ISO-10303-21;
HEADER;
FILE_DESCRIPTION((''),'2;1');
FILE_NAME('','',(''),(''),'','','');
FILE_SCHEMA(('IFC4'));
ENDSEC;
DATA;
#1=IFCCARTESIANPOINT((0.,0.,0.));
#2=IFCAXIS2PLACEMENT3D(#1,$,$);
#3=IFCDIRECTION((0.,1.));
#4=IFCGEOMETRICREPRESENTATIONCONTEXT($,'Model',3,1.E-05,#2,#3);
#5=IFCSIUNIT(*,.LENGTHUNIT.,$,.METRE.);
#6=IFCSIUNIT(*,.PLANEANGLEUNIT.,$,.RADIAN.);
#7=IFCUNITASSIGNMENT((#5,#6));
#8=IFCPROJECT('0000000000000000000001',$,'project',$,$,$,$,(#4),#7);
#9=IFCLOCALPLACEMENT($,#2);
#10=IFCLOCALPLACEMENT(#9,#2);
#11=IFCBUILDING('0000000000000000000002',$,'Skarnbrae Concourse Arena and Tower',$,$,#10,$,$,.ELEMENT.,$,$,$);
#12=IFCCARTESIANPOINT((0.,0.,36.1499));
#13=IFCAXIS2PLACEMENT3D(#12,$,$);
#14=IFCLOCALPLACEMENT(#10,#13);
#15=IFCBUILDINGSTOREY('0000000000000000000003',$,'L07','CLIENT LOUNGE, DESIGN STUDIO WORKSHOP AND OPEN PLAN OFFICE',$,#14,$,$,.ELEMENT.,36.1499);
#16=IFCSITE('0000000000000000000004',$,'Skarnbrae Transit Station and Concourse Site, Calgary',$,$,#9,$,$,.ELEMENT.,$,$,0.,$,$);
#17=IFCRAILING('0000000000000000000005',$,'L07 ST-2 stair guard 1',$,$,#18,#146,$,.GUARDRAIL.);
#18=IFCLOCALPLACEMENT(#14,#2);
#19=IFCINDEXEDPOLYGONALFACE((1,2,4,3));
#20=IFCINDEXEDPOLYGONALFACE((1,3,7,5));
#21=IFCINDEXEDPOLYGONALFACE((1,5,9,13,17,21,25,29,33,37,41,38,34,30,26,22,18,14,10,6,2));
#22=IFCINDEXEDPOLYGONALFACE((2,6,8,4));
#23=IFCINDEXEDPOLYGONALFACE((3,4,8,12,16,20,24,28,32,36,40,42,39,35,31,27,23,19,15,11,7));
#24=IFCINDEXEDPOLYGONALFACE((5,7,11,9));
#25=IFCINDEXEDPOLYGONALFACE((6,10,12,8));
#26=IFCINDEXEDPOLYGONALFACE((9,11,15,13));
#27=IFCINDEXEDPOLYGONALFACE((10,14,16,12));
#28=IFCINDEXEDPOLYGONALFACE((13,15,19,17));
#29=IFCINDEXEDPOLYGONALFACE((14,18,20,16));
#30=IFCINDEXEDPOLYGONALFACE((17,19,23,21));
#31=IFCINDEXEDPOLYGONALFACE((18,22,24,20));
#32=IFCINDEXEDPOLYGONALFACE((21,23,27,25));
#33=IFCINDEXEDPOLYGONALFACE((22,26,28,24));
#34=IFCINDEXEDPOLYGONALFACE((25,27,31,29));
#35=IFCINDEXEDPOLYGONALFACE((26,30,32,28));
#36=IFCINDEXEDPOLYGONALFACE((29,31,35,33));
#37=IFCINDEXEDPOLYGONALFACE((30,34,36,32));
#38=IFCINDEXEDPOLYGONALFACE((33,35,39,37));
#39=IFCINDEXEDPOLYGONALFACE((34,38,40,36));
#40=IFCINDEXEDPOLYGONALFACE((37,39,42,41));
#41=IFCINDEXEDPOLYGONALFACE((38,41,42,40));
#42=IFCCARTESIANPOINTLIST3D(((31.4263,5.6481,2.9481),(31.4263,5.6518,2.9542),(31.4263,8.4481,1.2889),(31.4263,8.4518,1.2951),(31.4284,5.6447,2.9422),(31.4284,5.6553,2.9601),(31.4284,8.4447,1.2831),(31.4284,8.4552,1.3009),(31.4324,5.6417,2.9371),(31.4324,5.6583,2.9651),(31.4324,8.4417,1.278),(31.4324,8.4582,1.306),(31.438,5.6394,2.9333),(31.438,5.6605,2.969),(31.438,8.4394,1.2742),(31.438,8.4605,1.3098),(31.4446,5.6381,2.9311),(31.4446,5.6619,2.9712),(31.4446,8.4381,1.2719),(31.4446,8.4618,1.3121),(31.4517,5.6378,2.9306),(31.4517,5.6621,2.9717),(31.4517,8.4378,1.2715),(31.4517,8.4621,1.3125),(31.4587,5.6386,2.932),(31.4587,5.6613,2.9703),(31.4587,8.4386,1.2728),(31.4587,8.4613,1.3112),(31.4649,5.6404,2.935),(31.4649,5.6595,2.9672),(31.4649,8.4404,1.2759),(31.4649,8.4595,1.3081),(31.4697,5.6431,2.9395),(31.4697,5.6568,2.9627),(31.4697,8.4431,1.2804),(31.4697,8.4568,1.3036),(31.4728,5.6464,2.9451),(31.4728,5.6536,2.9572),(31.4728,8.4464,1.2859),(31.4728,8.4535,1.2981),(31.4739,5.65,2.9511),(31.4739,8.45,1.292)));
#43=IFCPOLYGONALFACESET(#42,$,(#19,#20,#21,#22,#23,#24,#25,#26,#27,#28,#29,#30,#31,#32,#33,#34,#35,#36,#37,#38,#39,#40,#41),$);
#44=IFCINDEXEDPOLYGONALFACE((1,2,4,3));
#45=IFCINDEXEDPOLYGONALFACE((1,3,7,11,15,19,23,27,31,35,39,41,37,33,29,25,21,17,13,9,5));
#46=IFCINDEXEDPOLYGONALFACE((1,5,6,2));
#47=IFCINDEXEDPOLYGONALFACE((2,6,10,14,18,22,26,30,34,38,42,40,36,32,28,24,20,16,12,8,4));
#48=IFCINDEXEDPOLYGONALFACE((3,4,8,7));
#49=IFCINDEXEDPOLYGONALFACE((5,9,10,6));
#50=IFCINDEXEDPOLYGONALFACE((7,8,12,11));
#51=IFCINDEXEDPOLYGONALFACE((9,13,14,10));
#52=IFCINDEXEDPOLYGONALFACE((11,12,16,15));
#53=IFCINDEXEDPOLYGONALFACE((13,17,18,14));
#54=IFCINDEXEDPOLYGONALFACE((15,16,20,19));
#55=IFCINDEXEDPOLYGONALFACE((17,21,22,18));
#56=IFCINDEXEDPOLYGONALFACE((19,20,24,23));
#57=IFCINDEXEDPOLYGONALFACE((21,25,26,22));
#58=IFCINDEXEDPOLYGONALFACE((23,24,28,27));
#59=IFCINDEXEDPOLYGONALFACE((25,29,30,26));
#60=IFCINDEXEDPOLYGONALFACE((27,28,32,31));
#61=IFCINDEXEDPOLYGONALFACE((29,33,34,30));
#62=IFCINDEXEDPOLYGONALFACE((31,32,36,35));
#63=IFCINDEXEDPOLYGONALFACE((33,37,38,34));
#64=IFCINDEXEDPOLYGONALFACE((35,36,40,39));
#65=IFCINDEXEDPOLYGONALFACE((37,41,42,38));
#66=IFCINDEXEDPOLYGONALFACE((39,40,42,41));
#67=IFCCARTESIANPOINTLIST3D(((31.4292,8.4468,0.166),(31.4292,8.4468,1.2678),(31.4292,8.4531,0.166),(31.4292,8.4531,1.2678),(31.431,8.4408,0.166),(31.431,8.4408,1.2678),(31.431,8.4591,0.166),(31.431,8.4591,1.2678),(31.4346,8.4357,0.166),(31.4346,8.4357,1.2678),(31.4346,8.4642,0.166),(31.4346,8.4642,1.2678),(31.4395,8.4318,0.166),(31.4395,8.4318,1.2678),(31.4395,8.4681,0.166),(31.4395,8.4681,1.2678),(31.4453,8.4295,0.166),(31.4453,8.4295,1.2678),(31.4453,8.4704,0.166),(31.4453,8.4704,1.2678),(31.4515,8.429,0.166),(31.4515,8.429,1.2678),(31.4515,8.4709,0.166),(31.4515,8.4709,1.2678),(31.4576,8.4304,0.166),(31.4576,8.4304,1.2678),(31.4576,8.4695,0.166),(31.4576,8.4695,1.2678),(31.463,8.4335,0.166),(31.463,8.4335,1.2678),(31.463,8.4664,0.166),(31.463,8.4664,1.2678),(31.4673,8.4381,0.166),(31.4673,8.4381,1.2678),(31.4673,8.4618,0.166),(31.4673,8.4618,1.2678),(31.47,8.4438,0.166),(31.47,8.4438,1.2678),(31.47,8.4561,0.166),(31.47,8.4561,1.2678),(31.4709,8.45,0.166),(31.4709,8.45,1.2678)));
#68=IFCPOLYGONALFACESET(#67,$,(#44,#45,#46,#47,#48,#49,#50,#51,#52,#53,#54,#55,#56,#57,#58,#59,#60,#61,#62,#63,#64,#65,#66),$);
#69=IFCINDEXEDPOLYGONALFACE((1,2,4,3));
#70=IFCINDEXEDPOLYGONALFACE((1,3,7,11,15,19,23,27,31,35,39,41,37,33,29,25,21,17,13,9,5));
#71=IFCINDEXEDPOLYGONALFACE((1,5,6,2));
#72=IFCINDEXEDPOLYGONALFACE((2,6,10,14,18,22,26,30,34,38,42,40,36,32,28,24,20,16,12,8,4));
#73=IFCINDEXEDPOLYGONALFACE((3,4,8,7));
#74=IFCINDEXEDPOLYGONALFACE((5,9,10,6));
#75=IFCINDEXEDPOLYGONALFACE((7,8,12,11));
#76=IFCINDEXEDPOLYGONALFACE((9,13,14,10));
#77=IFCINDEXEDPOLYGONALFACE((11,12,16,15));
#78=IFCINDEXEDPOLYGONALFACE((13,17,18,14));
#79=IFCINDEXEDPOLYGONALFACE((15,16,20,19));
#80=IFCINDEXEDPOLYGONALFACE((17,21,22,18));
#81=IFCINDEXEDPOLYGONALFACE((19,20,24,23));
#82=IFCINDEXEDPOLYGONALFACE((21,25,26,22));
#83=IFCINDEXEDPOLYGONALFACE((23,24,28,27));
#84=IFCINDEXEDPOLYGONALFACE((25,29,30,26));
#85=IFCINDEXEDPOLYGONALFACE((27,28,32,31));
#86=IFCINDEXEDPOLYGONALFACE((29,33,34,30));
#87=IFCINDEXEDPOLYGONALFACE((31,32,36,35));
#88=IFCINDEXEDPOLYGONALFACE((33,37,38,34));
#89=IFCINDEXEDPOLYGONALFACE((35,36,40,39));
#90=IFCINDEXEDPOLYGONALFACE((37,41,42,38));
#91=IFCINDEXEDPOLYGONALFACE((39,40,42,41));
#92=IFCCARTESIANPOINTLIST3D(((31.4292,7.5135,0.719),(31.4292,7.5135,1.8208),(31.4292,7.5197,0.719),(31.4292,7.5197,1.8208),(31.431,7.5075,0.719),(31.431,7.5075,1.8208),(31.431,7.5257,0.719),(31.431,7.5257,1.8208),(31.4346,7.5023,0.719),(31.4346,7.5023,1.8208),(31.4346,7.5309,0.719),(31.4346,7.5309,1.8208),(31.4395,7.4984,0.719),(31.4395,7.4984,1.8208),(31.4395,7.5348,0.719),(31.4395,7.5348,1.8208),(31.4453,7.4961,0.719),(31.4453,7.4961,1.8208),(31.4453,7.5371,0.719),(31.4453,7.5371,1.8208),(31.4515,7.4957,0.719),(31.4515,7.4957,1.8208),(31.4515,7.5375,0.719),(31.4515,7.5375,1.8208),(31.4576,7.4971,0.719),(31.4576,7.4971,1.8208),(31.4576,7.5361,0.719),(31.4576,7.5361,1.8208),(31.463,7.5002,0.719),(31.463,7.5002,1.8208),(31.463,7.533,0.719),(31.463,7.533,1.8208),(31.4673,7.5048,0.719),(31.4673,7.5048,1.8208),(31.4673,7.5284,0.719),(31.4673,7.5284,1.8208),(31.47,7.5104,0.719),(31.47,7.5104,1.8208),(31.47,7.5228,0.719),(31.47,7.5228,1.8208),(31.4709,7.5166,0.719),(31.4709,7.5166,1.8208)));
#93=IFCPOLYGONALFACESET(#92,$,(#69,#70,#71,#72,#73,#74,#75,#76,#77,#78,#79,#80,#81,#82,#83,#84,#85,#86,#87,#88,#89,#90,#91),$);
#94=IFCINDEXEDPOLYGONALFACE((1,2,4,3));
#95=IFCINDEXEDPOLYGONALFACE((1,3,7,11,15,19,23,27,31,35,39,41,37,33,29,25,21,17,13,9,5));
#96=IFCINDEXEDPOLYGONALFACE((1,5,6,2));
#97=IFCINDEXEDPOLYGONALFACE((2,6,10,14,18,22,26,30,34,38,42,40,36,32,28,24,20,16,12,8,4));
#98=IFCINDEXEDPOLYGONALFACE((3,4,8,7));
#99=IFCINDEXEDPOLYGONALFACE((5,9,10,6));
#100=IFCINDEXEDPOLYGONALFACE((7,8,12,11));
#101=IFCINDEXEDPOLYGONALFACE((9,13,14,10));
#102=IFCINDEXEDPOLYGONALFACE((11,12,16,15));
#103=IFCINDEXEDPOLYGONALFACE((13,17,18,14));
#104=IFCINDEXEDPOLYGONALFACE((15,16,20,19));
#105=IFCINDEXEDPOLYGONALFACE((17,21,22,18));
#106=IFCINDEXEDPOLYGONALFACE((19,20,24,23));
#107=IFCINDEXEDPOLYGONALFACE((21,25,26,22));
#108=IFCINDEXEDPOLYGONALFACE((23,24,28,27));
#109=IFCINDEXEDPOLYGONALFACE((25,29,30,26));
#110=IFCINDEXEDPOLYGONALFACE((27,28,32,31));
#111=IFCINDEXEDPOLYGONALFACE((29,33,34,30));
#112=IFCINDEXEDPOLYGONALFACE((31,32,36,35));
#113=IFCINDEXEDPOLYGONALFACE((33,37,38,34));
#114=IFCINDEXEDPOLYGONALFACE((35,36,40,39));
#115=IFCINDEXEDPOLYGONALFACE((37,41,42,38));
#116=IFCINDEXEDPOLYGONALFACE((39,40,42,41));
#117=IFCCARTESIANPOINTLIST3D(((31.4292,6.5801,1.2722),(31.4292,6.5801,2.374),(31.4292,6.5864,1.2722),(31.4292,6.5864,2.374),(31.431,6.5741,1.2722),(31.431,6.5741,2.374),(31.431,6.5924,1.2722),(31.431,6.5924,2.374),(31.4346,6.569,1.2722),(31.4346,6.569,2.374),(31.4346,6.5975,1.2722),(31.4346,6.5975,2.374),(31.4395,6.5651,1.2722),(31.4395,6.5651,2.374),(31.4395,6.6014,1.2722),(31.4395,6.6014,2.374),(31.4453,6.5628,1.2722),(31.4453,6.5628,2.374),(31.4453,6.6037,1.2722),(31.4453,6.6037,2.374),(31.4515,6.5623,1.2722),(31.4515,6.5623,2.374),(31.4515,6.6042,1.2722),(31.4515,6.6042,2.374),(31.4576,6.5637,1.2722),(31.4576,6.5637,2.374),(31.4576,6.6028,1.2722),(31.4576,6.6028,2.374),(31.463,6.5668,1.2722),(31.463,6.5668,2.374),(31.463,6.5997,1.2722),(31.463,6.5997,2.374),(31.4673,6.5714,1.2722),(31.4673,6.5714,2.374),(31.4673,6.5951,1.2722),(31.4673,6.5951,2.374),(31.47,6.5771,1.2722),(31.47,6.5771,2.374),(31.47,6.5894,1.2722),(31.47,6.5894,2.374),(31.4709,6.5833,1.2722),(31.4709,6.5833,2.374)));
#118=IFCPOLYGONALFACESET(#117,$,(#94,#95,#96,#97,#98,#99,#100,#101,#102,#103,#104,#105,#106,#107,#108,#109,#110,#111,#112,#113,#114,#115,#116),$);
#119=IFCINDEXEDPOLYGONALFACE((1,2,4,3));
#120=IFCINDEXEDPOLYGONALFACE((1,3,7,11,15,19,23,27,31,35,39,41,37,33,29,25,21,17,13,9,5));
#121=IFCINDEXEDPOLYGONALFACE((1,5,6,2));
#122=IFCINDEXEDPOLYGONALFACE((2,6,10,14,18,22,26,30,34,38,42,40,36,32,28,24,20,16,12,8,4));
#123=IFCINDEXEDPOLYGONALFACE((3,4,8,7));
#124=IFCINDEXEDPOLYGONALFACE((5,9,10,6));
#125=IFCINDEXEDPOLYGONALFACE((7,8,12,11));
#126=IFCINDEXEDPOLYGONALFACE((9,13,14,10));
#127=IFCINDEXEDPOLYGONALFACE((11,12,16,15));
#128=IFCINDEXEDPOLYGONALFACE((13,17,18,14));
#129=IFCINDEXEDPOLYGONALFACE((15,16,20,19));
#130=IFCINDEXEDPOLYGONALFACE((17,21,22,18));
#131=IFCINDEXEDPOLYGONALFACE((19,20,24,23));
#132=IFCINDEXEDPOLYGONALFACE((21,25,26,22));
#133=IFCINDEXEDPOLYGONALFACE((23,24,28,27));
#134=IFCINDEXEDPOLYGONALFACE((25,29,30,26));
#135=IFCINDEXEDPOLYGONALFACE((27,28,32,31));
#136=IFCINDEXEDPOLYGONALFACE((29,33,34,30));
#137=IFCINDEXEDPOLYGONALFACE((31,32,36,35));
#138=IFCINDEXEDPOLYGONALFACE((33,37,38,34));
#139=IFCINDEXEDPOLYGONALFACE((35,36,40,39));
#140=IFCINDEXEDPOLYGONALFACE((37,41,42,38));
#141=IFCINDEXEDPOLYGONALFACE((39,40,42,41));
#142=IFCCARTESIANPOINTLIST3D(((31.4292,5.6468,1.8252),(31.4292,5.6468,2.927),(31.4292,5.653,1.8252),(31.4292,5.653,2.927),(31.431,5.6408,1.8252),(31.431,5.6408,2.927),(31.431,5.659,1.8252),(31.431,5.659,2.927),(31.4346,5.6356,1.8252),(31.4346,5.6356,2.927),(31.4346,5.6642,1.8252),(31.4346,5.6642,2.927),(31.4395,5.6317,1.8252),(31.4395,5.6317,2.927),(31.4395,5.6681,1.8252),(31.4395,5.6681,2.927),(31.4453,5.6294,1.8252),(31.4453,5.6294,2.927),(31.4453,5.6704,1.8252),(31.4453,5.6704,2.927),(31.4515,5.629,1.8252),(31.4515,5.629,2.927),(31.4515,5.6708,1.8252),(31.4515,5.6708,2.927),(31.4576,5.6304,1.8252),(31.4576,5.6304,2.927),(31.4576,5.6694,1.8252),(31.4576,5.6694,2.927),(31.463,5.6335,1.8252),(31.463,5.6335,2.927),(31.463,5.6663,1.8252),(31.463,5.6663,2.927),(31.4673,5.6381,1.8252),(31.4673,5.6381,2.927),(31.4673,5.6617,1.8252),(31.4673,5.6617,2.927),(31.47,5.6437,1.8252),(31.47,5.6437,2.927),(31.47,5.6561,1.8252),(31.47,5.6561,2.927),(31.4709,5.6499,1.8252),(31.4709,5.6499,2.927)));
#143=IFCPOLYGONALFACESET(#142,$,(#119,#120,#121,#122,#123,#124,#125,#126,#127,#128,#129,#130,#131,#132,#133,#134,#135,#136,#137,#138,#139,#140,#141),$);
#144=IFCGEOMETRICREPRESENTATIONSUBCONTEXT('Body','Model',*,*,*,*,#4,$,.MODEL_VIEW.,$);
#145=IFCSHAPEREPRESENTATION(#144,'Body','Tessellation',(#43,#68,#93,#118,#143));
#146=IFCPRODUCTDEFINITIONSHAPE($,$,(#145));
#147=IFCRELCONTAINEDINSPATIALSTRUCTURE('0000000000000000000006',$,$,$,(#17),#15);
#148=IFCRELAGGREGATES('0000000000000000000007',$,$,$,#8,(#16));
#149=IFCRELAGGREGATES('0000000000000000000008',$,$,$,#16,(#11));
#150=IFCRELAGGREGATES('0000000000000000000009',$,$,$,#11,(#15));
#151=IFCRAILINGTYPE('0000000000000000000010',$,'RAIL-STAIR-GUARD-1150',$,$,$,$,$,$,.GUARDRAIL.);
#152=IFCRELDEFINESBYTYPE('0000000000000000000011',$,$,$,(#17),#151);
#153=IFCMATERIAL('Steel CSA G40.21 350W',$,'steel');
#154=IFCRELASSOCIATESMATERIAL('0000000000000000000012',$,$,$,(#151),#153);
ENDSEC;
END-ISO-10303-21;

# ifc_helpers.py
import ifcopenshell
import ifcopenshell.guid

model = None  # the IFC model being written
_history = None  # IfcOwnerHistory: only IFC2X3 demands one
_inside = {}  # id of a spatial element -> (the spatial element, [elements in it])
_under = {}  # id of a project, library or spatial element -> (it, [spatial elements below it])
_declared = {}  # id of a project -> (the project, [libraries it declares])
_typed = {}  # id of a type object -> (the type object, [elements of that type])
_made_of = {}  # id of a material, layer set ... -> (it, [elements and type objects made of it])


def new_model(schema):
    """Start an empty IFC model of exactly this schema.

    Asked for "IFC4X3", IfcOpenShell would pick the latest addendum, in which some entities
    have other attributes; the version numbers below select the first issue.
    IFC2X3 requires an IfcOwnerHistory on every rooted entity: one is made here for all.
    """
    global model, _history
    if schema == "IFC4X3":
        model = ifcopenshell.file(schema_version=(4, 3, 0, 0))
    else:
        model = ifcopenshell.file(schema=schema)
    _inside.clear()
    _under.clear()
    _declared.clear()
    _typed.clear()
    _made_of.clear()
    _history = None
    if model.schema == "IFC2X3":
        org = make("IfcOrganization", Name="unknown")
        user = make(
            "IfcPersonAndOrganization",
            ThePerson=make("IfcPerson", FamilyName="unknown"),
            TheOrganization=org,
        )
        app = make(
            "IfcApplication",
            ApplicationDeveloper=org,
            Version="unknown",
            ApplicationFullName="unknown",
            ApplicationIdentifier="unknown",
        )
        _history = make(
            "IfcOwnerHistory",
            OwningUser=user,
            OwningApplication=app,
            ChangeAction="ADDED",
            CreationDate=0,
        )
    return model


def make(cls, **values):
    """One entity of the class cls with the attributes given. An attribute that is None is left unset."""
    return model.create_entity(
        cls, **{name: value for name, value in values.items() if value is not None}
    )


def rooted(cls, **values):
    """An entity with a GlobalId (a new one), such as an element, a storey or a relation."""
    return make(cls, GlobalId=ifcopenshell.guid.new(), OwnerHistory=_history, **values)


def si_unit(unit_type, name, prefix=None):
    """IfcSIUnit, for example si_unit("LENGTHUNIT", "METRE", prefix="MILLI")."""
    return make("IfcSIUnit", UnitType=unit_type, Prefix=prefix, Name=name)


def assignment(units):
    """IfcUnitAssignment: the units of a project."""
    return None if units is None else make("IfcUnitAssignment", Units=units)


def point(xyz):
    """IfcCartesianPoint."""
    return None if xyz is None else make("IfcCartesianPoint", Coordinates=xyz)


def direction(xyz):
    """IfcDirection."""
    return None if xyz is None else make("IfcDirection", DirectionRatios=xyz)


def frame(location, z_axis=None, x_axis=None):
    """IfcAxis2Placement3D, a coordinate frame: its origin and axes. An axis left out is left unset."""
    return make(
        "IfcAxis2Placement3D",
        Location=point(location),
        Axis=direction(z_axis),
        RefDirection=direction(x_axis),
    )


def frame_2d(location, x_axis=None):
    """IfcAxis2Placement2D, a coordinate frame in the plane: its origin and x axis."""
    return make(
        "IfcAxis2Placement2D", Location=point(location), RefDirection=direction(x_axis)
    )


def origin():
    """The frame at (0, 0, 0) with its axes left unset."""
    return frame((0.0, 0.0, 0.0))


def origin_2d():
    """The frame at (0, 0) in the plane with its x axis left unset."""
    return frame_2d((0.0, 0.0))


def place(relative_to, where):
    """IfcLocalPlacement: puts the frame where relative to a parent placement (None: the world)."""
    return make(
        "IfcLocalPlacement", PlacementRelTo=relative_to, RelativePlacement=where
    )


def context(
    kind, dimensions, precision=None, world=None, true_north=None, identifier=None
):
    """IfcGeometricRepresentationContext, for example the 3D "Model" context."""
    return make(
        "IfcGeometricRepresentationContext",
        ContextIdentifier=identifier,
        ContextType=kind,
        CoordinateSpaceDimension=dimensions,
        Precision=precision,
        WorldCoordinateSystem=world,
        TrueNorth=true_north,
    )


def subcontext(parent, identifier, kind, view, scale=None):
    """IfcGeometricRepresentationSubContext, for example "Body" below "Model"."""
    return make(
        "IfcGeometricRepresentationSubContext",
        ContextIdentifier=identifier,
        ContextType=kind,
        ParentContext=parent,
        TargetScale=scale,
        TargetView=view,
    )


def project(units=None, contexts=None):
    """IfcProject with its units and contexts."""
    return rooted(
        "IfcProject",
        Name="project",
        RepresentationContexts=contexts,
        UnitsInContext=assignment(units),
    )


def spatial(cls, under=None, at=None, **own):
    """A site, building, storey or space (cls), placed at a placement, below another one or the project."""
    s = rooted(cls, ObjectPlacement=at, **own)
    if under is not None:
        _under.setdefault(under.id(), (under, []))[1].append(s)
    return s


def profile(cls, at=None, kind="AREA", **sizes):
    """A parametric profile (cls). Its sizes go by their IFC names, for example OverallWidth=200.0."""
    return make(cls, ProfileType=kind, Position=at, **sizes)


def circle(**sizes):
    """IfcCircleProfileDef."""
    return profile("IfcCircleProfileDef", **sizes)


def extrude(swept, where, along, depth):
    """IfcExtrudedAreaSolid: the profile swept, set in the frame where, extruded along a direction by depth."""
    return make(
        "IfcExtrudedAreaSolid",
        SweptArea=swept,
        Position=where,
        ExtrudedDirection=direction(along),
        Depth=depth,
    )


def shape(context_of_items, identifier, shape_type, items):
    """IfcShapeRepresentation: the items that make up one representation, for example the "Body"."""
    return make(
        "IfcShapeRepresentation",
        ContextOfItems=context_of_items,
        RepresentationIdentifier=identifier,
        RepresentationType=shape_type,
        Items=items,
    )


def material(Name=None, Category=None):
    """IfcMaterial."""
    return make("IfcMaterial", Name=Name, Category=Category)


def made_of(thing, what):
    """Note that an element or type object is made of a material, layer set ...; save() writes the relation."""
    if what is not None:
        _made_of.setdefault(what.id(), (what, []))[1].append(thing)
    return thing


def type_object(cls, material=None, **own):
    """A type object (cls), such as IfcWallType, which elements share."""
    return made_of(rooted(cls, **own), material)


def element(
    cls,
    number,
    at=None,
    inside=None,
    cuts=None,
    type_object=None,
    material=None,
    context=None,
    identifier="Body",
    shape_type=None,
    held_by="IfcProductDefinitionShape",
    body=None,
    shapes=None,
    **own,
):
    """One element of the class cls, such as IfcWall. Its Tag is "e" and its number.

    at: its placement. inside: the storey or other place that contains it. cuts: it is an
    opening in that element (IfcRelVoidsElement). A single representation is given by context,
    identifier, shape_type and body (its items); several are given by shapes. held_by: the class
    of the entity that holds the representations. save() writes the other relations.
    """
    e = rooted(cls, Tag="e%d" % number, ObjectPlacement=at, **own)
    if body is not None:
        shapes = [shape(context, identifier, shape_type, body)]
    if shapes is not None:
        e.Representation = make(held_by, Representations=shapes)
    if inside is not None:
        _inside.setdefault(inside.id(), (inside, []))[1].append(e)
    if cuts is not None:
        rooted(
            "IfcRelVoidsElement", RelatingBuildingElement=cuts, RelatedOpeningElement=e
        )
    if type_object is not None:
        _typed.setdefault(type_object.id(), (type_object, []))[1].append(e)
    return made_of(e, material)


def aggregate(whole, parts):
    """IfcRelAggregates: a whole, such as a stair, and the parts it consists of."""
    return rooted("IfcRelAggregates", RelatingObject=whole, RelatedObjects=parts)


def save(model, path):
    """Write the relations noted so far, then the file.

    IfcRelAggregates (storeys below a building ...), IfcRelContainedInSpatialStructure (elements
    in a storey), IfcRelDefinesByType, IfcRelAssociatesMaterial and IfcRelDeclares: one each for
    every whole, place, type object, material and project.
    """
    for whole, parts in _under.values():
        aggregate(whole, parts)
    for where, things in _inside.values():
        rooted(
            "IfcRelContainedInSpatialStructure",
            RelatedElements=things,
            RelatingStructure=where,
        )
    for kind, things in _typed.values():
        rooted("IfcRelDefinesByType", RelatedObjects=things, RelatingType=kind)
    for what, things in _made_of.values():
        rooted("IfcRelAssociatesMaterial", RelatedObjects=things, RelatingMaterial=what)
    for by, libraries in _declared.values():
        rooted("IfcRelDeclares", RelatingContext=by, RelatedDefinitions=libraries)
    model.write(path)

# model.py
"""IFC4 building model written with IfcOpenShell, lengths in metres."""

from ifc_helpers import new_model, si_unit, direction, frame, origin, origin_2d, place, context, subcontext, project, spatial, circle, extrude, material, type_object, element, save


model = new_model("IFC4")

# Units and contexts
model_context = context("Model", 3, precision=1e-05, world=origin(), true_north=direction((0.0, 1.0)))
body_context = subcontext(model_context, "Body", "Model", "MODEL_VIEW")
ifc_project = project(units=[si_unit("LENGTHUNIT", "METRE"), si_unit("PLANEANGLEUNIT", "RADIAN")], contexts=[model_context])

# Site, building, storey
site_placement = place(None, origin())
site = spatial("IfcSite", under=ifc_project, at=site_placement, Name="Skarnbrae Transit Station and Concourse Site, Calgary", CompositionType="ELEMENT", RefElevation=0.0)
building_placement = place(site_placement, origin())
building = spatial("IfcBuilding", under=site, at=building_placement, Name="Skarnbrae Concourse Arena and Tower", CompositionType="ELEMENT")
storey_placement = place(building_placement, frame((0.0, 0.0, 36.1499)))
storey = spatial("IfcBuildingStorey", under=building, at=storey_placement, Name="L07", Description="CLIENT LOUNGE, DESIGN STUDIO WORKSHOP AND OPEN PLAN OFFICE", CompositionType="ELEMENT", Elevation=36.1499)

# Shared definitions
ifc_material_1 = material(Name="Steel CSA G40.21 350W", Category="steel")

# Railing
railing_type_1 = type_object("IfcRailingType", Name="RAIL-STAIR-GUARD-1150", PredefinedType="GUARDRAIL", material=ifc_material_1)
railing_1_placement = place(storey_placement, frame((31.45, 8.45, 0.166)))
element("IfcRailing", 1, at=railing_1_placement, inside=storey, type_object=railing_type_1, Name="L07 ST-2 stair guard 1", PredefinedType="GUARDRAIL", context=body_context, shape_type="SweptSolid", body=[
    extrude(circle(Radius=0.0239, at=origin_2d()), frame((0.0, 0.0, 1.126), z_axis=(0.0, -0.860306, 0.509778), x_axis=(1.0, 0.0, 0.0)), (0.0, 0.0, 1.0), 3.2546),
    extrude(circle(Radius=0.021, at=origin_2d()), origin(), (0.0, 0.0, 1.0), 1.1018),
    extrude(circle(Radius=0.021, at=origin_2d()), frame((0.0, -0.9333, 0.553)), (0.0, 0.0, 1.0), 1.1018),
    extrude(circle(Radius=0.021, at=origin_2d()), frame((0.0, -1.8667, 1.1062)), (0.0, 0.0, 1.0), 1.1018),
    extrude(circle(Radius=0.021, at=origin_2d()), frame((0.0, -2.8, 1.6592)), (0.0, 0.0, 1.0), 1.1018),
])

save(model, "model.ifc")
